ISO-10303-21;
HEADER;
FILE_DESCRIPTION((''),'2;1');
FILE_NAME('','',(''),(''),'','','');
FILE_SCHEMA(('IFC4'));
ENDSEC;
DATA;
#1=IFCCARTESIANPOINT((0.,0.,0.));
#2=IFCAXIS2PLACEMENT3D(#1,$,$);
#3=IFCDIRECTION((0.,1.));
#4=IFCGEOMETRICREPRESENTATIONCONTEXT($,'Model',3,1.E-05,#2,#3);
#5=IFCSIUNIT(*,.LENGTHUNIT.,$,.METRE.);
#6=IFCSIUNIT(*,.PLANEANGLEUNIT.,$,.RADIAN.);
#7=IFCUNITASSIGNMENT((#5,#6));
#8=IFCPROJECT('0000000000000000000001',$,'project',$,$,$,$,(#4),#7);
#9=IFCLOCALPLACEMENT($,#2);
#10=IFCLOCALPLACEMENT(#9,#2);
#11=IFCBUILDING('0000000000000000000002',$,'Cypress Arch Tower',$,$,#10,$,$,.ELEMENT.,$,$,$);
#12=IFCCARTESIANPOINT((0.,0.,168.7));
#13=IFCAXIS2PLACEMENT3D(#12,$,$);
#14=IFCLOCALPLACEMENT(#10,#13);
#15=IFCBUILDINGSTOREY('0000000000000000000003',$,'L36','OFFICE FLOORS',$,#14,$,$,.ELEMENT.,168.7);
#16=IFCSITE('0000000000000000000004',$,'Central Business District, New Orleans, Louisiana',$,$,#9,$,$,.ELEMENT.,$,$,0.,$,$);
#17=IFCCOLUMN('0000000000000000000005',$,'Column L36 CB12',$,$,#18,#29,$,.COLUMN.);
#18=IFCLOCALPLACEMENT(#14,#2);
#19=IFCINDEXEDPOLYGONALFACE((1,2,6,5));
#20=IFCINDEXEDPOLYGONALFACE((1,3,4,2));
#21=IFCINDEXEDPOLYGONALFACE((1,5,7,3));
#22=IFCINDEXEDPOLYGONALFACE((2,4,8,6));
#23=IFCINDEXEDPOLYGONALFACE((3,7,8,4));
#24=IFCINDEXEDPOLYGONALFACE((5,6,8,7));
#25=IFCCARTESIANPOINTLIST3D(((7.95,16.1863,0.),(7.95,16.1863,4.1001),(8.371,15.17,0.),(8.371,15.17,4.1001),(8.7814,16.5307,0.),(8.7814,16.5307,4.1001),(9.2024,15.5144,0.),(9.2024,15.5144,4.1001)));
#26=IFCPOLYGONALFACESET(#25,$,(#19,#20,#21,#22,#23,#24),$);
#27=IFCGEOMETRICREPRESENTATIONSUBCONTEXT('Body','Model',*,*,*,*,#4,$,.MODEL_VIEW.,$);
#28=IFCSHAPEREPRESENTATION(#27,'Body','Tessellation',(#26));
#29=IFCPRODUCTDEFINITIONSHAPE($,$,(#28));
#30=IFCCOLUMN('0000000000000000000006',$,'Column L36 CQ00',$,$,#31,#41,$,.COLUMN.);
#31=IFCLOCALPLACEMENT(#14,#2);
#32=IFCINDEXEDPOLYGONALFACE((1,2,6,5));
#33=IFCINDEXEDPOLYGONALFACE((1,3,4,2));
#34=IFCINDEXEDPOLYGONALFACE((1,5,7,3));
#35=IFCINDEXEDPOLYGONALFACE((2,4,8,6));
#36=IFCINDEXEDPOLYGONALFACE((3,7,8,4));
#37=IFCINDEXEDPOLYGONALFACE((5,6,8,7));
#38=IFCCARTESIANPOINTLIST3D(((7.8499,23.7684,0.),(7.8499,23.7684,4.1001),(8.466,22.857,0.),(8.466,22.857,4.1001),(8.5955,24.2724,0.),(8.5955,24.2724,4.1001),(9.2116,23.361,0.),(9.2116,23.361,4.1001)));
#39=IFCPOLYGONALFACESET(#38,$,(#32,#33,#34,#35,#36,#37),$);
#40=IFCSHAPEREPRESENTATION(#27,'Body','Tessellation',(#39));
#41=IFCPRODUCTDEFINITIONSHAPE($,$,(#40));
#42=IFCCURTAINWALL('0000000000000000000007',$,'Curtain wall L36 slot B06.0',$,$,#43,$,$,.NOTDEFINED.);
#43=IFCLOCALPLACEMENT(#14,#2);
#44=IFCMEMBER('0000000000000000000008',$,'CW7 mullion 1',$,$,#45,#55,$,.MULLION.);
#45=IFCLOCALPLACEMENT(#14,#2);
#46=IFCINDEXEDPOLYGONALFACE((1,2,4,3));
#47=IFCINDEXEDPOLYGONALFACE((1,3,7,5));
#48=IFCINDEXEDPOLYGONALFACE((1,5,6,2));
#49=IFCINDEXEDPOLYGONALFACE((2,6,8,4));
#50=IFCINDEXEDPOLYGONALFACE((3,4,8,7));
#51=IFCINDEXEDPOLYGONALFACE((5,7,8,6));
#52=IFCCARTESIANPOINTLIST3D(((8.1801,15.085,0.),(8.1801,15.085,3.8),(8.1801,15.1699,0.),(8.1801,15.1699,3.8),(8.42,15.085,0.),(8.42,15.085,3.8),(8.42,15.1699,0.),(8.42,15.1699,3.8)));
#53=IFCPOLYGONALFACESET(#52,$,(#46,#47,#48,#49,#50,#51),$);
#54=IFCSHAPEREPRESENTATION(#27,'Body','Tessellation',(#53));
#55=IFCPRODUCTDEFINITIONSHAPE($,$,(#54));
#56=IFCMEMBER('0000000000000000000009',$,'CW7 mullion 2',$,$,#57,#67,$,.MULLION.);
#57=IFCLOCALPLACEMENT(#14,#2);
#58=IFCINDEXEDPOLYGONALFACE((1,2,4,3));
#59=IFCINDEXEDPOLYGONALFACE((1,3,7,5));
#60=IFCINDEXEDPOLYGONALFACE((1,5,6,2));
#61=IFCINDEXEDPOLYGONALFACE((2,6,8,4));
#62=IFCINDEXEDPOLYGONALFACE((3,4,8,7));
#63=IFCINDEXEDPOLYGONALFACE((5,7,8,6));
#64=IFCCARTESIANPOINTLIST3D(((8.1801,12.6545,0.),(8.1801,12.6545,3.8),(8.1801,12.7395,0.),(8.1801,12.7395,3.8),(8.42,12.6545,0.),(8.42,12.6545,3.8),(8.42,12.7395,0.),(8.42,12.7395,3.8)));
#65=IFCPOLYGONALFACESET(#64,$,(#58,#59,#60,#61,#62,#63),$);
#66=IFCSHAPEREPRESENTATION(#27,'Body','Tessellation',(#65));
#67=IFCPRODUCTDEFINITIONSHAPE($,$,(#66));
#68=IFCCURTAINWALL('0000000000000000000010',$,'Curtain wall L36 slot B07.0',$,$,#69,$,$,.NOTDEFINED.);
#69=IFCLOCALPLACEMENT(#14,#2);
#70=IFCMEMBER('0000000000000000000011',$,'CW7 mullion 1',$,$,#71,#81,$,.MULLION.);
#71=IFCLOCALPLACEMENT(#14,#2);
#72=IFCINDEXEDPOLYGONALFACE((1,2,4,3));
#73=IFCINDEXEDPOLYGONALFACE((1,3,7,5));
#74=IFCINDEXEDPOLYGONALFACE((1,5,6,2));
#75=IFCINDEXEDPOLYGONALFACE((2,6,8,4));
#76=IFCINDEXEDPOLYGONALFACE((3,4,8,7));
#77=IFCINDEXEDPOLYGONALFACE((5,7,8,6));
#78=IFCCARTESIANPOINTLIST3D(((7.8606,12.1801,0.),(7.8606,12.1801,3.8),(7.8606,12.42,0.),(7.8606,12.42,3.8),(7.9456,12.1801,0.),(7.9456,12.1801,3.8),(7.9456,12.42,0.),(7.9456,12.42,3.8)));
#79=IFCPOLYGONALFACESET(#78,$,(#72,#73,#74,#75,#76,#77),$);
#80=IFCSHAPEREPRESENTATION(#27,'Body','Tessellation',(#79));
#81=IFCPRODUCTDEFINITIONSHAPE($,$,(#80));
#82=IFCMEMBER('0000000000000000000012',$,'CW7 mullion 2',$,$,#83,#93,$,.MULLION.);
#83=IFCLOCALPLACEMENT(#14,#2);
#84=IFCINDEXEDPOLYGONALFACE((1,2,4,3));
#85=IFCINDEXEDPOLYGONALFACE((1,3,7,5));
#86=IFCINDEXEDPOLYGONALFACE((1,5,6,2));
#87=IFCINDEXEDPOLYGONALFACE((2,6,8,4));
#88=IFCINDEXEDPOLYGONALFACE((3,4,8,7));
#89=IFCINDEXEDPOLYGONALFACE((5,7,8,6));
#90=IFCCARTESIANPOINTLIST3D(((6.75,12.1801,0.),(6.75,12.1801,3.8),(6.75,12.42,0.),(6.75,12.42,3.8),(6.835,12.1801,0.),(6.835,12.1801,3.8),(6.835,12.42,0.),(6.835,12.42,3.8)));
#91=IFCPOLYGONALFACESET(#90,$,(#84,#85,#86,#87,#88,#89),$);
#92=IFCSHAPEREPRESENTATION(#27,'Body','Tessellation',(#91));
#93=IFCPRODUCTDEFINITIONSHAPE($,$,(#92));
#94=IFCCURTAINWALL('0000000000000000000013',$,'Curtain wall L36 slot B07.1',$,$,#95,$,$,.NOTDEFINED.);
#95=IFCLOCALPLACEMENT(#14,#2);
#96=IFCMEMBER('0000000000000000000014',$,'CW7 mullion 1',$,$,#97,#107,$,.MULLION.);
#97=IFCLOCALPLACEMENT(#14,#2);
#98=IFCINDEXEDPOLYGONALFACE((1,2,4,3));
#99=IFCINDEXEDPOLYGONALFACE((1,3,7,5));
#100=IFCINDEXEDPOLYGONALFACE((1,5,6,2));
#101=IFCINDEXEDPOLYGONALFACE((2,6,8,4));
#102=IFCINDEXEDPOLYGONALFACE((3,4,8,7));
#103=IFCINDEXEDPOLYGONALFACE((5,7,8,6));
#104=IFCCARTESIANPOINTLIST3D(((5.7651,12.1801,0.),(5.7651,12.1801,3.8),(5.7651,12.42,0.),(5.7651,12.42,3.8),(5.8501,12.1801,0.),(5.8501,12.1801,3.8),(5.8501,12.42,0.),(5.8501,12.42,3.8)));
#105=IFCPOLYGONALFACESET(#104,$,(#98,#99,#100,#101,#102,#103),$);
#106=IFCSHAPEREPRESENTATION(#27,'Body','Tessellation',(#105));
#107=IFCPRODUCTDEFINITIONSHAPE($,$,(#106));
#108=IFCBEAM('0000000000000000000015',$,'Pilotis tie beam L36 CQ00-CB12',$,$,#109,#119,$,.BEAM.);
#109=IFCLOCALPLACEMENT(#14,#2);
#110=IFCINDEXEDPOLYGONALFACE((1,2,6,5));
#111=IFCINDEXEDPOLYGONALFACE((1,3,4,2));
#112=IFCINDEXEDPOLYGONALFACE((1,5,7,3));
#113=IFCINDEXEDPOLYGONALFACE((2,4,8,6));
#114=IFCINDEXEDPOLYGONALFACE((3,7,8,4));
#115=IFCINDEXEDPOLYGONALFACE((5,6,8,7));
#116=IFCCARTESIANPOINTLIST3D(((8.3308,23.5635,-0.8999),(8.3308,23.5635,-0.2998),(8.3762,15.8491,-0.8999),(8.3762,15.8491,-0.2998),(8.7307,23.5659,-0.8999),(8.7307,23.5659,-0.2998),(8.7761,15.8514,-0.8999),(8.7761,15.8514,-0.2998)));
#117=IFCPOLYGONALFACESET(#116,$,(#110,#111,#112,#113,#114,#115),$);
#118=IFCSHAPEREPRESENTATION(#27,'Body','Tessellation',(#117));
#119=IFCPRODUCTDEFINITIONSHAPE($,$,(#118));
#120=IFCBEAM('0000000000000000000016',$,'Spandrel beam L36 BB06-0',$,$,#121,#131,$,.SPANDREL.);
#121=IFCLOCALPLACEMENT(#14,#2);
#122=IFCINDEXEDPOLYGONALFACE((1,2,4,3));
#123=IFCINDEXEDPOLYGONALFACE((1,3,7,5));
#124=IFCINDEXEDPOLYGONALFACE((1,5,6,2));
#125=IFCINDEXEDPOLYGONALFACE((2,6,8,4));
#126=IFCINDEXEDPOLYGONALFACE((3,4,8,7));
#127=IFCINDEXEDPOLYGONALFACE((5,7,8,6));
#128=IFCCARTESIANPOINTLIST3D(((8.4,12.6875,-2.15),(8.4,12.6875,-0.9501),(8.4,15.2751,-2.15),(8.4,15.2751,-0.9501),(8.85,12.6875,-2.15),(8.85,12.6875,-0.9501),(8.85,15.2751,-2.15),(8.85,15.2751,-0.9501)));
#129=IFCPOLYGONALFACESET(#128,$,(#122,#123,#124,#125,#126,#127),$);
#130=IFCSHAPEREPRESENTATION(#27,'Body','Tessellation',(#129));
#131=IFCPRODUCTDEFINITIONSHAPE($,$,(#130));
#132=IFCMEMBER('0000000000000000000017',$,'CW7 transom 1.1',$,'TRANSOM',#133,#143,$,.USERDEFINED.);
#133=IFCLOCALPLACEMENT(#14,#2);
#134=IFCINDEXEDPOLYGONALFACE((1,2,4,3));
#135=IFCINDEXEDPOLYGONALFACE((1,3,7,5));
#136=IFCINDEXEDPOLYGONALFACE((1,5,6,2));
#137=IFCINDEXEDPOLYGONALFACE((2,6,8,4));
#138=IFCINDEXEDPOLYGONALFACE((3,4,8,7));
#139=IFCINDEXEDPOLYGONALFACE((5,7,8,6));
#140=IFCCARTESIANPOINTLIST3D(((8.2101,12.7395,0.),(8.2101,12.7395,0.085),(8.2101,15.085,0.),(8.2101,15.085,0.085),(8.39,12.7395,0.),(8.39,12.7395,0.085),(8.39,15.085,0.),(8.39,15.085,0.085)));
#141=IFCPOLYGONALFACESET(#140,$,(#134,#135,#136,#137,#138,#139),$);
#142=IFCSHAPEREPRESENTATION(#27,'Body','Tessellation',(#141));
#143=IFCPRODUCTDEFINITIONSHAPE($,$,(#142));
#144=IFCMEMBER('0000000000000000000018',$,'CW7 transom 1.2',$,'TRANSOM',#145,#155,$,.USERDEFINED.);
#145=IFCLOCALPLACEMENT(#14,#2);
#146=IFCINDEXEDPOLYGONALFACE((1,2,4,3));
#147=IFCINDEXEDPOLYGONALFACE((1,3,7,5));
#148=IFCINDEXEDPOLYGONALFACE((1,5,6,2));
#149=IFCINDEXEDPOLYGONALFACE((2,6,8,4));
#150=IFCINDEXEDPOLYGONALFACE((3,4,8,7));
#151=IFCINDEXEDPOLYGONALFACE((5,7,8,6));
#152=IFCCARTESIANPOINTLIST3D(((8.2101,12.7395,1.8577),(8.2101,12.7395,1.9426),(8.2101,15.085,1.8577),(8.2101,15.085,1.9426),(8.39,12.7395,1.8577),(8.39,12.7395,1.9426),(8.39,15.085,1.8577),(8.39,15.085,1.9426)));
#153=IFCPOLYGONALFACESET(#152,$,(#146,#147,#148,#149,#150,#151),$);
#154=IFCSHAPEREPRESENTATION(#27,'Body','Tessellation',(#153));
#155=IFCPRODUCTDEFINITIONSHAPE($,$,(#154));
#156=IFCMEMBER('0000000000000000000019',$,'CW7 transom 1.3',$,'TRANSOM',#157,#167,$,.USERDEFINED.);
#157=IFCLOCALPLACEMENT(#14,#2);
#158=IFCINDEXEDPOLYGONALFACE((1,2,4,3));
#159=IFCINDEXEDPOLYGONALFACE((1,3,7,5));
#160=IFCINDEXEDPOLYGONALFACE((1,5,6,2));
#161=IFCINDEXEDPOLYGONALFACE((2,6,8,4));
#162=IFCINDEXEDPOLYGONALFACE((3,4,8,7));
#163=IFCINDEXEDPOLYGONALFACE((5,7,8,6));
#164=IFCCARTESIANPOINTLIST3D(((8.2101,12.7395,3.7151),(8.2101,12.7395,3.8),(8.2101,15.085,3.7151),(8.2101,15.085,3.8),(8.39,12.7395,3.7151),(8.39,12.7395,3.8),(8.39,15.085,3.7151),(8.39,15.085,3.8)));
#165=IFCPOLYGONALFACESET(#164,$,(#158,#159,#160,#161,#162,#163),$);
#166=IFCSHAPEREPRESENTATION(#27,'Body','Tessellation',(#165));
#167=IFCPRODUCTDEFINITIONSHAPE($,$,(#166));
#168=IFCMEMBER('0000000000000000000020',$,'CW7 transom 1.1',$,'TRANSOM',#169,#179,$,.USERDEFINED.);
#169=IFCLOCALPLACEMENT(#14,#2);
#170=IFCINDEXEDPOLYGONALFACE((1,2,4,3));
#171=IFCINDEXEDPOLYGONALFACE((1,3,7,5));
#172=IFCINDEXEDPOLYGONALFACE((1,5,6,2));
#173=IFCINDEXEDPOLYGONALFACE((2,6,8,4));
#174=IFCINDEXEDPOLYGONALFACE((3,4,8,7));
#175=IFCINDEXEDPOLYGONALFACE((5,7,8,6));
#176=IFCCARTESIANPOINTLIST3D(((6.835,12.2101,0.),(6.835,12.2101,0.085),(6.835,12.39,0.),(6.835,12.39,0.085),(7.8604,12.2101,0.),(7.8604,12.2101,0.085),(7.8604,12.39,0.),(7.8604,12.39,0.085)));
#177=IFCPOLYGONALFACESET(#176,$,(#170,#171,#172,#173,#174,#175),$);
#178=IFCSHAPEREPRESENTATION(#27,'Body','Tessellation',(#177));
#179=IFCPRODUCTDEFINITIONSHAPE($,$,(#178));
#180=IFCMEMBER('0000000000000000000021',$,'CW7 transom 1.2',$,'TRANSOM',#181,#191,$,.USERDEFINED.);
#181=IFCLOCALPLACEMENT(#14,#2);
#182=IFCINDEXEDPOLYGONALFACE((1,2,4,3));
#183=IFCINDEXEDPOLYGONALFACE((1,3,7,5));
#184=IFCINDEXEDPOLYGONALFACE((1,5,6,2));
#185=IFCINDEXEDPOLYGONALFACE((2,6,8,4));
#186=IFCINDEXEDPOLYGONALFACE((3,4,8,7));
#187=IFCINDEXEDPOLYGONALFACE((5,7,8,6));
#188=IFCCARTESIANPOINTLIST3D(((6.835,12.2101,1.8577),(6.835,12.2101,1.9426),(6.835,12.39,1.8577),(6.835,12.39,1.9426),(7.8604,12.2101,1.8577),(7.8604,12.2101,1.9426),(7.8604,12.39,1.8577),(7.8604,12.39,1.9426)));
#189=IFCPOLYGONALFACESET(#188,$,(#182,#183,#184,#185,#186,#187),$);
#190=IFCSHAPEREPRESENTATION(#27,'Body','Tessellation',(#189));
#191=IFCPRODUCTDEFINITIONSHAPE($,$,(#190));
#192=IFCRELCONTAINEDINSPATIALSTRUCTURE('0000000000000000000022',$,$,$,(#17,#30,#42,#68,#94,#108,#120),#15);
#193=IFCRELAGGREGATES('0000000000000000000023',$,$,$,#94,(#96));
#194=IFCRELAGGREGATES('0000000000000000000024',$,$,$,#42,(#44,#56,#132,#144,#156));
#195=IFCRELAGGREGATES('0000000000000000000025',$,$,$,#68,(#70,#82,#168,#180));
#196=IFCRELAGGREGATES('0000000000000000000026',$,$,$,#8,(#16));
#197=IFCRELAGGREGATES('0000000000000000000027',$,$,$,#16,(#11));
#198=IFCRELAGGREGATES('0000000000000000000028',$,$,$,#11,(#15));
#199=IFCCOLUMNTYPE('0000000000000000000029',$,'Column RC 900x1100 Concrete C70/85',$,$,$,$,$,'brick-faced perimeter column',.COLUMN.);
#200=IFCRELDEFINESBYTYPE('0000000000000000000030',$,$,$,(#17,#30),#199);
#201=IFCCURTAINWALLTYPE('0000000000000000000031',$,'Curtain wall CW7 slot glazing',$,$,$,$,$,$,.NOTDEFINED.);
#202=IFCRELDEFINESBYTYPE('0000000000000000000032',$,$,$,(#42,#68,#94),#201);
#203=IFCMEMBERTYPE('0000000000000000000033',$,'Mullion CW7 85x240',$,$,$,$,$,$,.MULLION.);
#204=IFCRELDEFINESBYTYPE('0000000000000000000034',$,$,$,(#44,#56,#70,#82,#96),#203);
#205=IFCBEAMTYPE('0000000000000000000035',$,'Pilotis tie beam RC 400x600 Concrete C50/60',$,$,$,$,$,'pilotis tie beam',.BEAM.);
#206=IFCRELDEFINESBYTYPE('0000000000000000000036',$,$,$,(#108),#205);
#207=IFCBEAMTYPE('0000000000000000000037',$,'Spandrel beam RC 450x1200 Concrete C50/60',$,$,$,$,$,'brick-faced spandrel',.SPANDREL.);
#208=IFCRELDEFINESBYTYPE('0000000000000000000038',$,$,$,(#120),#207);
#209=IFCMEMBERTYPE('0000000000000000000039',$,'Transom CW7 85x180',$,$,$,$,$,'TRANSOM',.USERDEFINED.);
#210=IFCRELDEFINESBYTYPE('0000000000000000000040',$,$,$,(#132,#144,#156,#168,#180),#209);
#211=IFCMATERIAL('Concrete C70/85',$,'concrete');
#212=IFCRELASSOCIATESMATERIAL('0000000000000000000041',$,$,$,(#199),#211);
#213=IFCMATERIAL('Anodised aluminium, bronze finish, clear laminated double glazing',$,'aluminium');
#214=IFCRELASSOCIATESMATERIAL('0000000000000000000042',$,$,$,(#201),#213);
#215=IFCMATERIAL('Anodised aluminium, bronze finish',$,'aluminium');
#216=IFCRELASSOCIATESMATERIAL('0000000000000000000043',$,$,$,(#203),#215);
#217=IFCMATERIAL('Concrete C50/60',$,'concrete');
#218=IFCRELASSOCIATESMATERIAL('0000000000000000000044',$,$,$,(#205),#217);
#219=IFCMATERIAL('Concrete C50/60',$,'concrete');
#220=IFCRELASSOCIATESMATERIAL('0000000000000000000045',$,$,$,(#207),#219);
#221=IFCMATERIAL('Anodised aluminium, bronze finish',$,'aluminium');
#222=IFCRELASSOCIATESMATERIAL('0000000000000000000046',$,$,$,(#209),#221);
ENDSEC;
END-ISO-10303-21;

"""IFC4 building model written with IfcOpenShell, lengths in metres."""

from ifc_helpers import new_model, si_unit, direction, frame, origin, origin_2d, place, context, subcontext, project, spatial, rectangle, extrude, material, material_profile, profile_set, type_object, element, aggregate, save


model = new_model("IFC4")

# Units and contexts
model_context = context("Model", 3, precision=1e-05, world=origin(), true_north=direction((0.0, 1.0)))
body_context = subcontext(model_context, "Body", "Model", "MODEL_VIEW")
ifc_project = project(units=[si_unit("LENGTHUNIT", "METRE"), si_unit("PLANEANGLEUNIT", "RADIAN")], contexts=[model_context])

# Site, building, storey
site_placement = place(None, origin())
site = spatial("IfcSite", under=ifc_project, at=site_placement, Name="Central Business District, New Orleans, Louisiana", CompositionType="ELEMENT", RefElevation=0.0)
building_placement = place(site_placement, origin())
building = spatial("IfcBuilding", under=site, at=building_placement, Name="Cypress Arch Tower", CompositionType="ELEMENT")
storey_placement = place(building_placement, frame((0.0, 0.0, 168.7)))
storey = spatial("IfcBuildingStorey", under=building, at=storey_placement, Name="L36", Description="OFFICE FLOORS", CompositionType="ELEMENT", Elevation=168.7)

# Columns
ifc_material_1 = material(Name="Concrete C70/85", Category="concrete")
ifc_material_profile_1 = material_profile(ifc_material_1, rectangle(XDim=0.8999, YDim=1.1001, at=origin_2d()), Name="RC 900x1100")
ifc_profile_set_1 = profile_set([ifc_material_profile_1], Name="Concrete C70/85")
column_type = type_object("IfcColumnType", Name="Column RC 900x1100 Concrete C70/85", ElementType="brick-faced perimeter column", PredefinedType="COLUMN", material=ifc_profile_set_1)
for number, where, z_axis, x_axis, name in (
    (1, (8.5762, 15.8503, 0.0), (0.0, 0.0, 1.0), (-0.92388, -0.382683, 0.0), "Column L36 CB12"),
    (2, (8.5308, 23.5647, 0.0), (0.0, 0.0, 1.0), (-0.82847, -0.560034, 0.0), "Column L36 CQ00"),
):
    element("IfcColumn", number, at=place(storey_placement, frame(where, z_axis=z_axis, x_axis=x_axis)), inside=storey, type_object=column_type, Name=name, PredefinedType="COLUMN", context=body_context, shape_type="SweptSolid", body=[
        extrude(rectangle(XDim=0.8999, YDim=1.1001, at=origin_2d()), origin(), (0.0, 0.0, 1.0), 4.1001),
    ])

# Curtain walls, members
ifc_material_2 = material(Name="Anodised aluminium, bronze finish, clear laminated double glazing", Category="aluminium")
curtain_wall_type = type_object("IfcCurtainWallType", Name="Curtain wall CW7 slot glazing", PredefinedType="NOTDEFINED", material=ifc_material_2)
curtain_wall_1_placement = place(storey_placement, origin())
curtain_wall_1 = element("IfcCurtainWall", 3, at=curtain_wall_1_placement, inside=storey, type_object=curtain_wall_type, Name="Curtain wall L36 slot B06.0", PredefinedType="NOTDEFINED")
ifc_material_3 = material(Name="Anodised aluminium, bronze finish", Category="aluminium")
ifc_material_profile_2 = material_profile(ifc_material_3, rectangle(XDim=0.24, YDim=0.085, at=origin_2d()), Name="Mullion 85x240")
ifc_profile_set_2 = profile_set([ifc_material_profile_2], Name="Anodised aluminium, bronze finish")
member_type_1 = type_object("IfcMemberType", Name="Mullion CW7 85x240", PredefinedType="MULLION", material=ifc_profile_set_2)
member_1_placement = place(storey_placement, frame((8.3, 15.1274, 0.0), z_axis=(0.0, 0.0, 1.0), x_axis=(1.0, 0.0, 0.0)))
member_1 = element("IfcMember", 4, at=member_1_placement, type_object=member_type_1, Name="CW7 mullion 1", PredefinedType="MULLION", context=body_context, shape_type="SweptSolid", body=[
    extrude(rectangle(XDim=0.24, YDim=0.085, at=origin_2d()), origin(), (0.0, 0.0, 1.0), 3.8),
])
member_2_placement = place(storey_placement, frame((8.3, 12.697, 0.0), z_axis=(0.0, 0.0, 1.0), x_axis=(1.0, 0.0, 0.0)))
member_2 = element("IfcMember", 5, at=member_2_placement, type_object=member_type_1, Name="CW7 mullion 2", PredefinedType="MULLION", context=body_context, shape_type="SweptSolid", body=[
    extrude(rectangle(XDim=0.24, YDim=0.085, at=origin_2d()), origin(), (0.0, 0.0, 1.0), 3.8),
])
curtain_wall_2_placement = place(storey_placement, origin())
curtain_wall_2 = element("IfcCurtainWall", 6, at=curtain_wall_2_placement, inside=storey, type_object=curtain_wall_type, Name="Curtain wall L36 slot B07.0", PredefinedType="NOTDEFINED")
member_3_placement = place(storey_placement, frame((7.9031, 12.3, 0.0), z_axis=(0.0, 0.0, 1.0), x_axis=(0.0, -1.0, 0.0)))
member_3 = element("IfcMember", 7, at=member_3_placement, type_object=member_type_1, Name="CW7 mullion 1", PredefinedType="MULLION", context=body_context, shape_type="SweptSolid", body=[
    extrude(rectangle(XDim=0.24, YDim=0.085, at=origin_2d()), origin(), (0.0, 0.0, 1.0), 3.8),
])
member_4_placement = place(storey_placement, frame((6.7925, 12.3, 0.0), z_axis=(0.0, 0.0, 1.0), x_axis=(0.0, -1.0, 0.0)))
member_4 = element("IfcMember", 8, at=member_4_placement, type_object=member_type_1, Name="CW7 mullion 2", PredefinedType="MULLION", context=body_context, shape_type="SweptSolid", body=[
    extrude(rectangle(XDim=0.24, YDim=0.085, at=origin_2d()), origin(), (0.0, 0.0, 1.0), 3.8),
])

# Curtain wall, member
curtain_wall_3_placement = place(storey_placement, origin())
curtain_wall_3 = element("IfcCurtainWall", 9, at=curtain_wall_3_placement, inside=storey, type_object=curtain_wall_type, Name="Curtain wall L36 slot B07.1", PredefinedType="NOTDEFINED")
member_5_placement = place(storey_placement, frame((5.8076, 12.3, 0.0), z_axis=(0.0, 0.0, 1.0), x_axis=(0.0, -1.0, 0.0)))
member_5 = element("IfcMember", 10, at=member_5_placement, type_object=member_type_1, Name="CW7 mullion 1", PredefinedType="MULLION", context=body_context, shape_type="SweptSolid", body=[
    extrude(rectangle(XDim=0.24, YDim=0.085, at=origin_2d()), origin(), (0.0, 0.0, 1.0), 3.8),
])

# Beams
ifc_material_4 = material(Name="Concrete C50/60", Category="concrete")
ifc_material_profile_3 = material_profile(ifc_material_4, rectangle(XDim=0.3999, YDim=0.6001, at=origin_2d()), Name="RC 400x600")
ifc_profile_set_3 = profile_set([ifc_material_profile_3], Name="Concrete C50/60")
beam_type_1 = type_object("IfcBeamType", Name="Pilotis tie beam RC 400x600 Concrete C50/60", ElementType="pilotis tie beam", PredefinedType="BEAM", material=ifc_profile_set_3)
beam_1_placement = place(storey_placement, frame((8.5308, 23.5647, -0.5999), z_axis=(0.005886, -0.999983, 0.0), x_axis=(0.999983, 0.005886, 0.0)))
element("IfcBeam", 11, at=beam_1_placement, inside=storey, type_object=beam_type_1, Name="Pilotis tie beam L36 CQ00-CB12", PredefinedType="BEAM", context=body_context, shape_type="SweptSolid", body=[
    extrude(rectangle(XDim=0.3999, YDim=0.6001, at=origin_2d()), origin(), (0.0, 0.0, 1.0), 7.7146),
])
ifc_material_5 = material(Name="Concrete C50/60", Category="concrete")
ifc_material_profile_4 = material_profile(ifc_material_5, rectangle(XDim=0.45, YDim=1.2, at=origin_2d()), Name="RC 450x1200")
ifc_profile_set_4 = profile_set([ifc_material_profile_4], Name="Concrete C50/60")
beam_type_2 = type_object("IfcBeamType", Name="Spandrel beam RC 450x1200 Concrete C50/60", ElementType="brick-faced spandrel", PredefinedType="SPANDREL", material=ifc_profile_set_4)
beam_2_placement = place(storey_placement, frame((8.625, 15.2751, -1.55), z_axis=(0.0, -1.0, 0.0), x_axis=(1.0, 0.0, 0.0)))
element("IfcBeam", 12, at=beam_2_placement, inside=storey, type_object=beam_type_2, Name="Spandrel beam L36 BB06-0", PredefinedType="SPANDREL", context=body_context, shape_type="SweptSolid", body=[
    extrude(rectangle(XDim=0.45, YDim=1.2, at=origin_2d()), origin(), (0.0, 0.0, 1.0), 2.5876),
])

# Members
ifc_material_6 = material(Name="Anodised aluminium, bronze finish", Category="aluminium")
ifc_material_profile_5 = material_profile(ifc_material_6, rectangle(XDim=0.1799, YDim=0.085, at=origin_2d()), Name="Transom 85x180")
ifc_profile_set_5 = profile_set([ifc_material_profile_5], Name="Anodised aluminium, bronze finish")
member_type_2 = type_object("IfcMemberType", Name="Transom CW7 85x180", ElementType="TRANSOM", PredefinedType="USERDEFINED", material=ifc_profile_set_5)
member_6_placement = place(storey_placement, frame((8.3, 15.085, 0.0425), z_axis=(0.0, -1.0, 0.0), x_axis=(1.0, 0.0, 0.0)))
member_6 = element("IfcMember", 13, at=member_6_placement, type_object=member_type_2, Name="CW7 transom 1.1", ObjectType="TRANSOM", PredefinedType="USERDEFINED", context=body_context, shape_type="SweptSolid", body=[
    extrude(rectangle(XDim=0.1799, YDim=0.085, at=origin_2d()), origin(), (0.0, 0.0, 1.0), 2.3455),
])
member_7_placement = place(storey_placement, frame((8.3, 15.085, 1.9001), z_axis=(0.0, -1.0, 0.0), x_axis=(1.0, 0.0, 0.0)))
member_7 = element("IfcMember", 14, at=member_7_placement, type_object=member_type_2, Name="CW7 transom 1.2", ObjectType="TRANSOM", PredefinedType="USERDEFINED", context=body_context, shape_type="SweptSolid", body=[
    extrude(rectangle(XDim=0.1799, YDim=0.085, at=origin_2d()), origin(), (0.0, 0.0, 1.0), 2.3455),
])
member_8_placement = place(storey_placement, frame((8.3, 15.085, 3.7576), z_axis=(0.0, -1.0, 0.0), x_axis=(1.0, 0.0, 0.0)))
member_8 = element("IfcMember", 15, at=member_8_placement, type_object=member_type_2, Name="CW7 transom 1.3", ObjectType="TRANSOM", PredefinedType="USERDEFINED", context=body_context, shape_type="SweptSolid", body=[
    extrude(rectangle(XDim=0.1799, YDim=0.085, at=origin_2d()), origin(), (0.0, 0.0, 1.0), 2.3455),
])
member_9_placement = place(storey_placement, frame((7.8604, 12.3, 0.0425), z_axis=(-1.0, 0.0, 0.0), x_axis=(0.0, -1.0, 0.0)))
member_9 = element("IfcMember", 16, at=member_9_placement, type_object=member_type_2, Name="CW7 transom 1.1", ObjectType="TRANSOM", PredefinedType="USERDEFINED", context=body_context, shape_type="SweptSolid", body=[
    extrude(rectangle(XDim=0.1799, YDim=0.085, at=origin_2d()), origin(), (0.0, 0.0, 1.0), 1.0254),
])
member_10_placement = place(storey_placement, frame((7.8604, 12.3, 1.9001), z_axis=(-1.0, 0.0, 0.0), x_axis=(0.0, -1.0, 0.0)))
member_10 = element("IfcMember", 17, at=member_10_placement, type_object=member_type_2, Name="CW7 transom 1.2", ObjectType="TRANSOM", PredefinedType="USERDEFINED", context=body_context, shape_type="SweptSolid", body=[
    extrude(rectangle(XDim=0.1799, YDim=0.085, at=origin_2d()), origin(), (0.0, 0.0, 1.0), 1.0254),
])
aggregate(curtain_wall_3, [member_5])

aggregate(curtain_wall_1, [member_1, member_2, member_6, member_7, member_8])
aggregate(curtain_wall_2, [member_3, member_4, member_9, member_10])

save(model, "model.ifc")
